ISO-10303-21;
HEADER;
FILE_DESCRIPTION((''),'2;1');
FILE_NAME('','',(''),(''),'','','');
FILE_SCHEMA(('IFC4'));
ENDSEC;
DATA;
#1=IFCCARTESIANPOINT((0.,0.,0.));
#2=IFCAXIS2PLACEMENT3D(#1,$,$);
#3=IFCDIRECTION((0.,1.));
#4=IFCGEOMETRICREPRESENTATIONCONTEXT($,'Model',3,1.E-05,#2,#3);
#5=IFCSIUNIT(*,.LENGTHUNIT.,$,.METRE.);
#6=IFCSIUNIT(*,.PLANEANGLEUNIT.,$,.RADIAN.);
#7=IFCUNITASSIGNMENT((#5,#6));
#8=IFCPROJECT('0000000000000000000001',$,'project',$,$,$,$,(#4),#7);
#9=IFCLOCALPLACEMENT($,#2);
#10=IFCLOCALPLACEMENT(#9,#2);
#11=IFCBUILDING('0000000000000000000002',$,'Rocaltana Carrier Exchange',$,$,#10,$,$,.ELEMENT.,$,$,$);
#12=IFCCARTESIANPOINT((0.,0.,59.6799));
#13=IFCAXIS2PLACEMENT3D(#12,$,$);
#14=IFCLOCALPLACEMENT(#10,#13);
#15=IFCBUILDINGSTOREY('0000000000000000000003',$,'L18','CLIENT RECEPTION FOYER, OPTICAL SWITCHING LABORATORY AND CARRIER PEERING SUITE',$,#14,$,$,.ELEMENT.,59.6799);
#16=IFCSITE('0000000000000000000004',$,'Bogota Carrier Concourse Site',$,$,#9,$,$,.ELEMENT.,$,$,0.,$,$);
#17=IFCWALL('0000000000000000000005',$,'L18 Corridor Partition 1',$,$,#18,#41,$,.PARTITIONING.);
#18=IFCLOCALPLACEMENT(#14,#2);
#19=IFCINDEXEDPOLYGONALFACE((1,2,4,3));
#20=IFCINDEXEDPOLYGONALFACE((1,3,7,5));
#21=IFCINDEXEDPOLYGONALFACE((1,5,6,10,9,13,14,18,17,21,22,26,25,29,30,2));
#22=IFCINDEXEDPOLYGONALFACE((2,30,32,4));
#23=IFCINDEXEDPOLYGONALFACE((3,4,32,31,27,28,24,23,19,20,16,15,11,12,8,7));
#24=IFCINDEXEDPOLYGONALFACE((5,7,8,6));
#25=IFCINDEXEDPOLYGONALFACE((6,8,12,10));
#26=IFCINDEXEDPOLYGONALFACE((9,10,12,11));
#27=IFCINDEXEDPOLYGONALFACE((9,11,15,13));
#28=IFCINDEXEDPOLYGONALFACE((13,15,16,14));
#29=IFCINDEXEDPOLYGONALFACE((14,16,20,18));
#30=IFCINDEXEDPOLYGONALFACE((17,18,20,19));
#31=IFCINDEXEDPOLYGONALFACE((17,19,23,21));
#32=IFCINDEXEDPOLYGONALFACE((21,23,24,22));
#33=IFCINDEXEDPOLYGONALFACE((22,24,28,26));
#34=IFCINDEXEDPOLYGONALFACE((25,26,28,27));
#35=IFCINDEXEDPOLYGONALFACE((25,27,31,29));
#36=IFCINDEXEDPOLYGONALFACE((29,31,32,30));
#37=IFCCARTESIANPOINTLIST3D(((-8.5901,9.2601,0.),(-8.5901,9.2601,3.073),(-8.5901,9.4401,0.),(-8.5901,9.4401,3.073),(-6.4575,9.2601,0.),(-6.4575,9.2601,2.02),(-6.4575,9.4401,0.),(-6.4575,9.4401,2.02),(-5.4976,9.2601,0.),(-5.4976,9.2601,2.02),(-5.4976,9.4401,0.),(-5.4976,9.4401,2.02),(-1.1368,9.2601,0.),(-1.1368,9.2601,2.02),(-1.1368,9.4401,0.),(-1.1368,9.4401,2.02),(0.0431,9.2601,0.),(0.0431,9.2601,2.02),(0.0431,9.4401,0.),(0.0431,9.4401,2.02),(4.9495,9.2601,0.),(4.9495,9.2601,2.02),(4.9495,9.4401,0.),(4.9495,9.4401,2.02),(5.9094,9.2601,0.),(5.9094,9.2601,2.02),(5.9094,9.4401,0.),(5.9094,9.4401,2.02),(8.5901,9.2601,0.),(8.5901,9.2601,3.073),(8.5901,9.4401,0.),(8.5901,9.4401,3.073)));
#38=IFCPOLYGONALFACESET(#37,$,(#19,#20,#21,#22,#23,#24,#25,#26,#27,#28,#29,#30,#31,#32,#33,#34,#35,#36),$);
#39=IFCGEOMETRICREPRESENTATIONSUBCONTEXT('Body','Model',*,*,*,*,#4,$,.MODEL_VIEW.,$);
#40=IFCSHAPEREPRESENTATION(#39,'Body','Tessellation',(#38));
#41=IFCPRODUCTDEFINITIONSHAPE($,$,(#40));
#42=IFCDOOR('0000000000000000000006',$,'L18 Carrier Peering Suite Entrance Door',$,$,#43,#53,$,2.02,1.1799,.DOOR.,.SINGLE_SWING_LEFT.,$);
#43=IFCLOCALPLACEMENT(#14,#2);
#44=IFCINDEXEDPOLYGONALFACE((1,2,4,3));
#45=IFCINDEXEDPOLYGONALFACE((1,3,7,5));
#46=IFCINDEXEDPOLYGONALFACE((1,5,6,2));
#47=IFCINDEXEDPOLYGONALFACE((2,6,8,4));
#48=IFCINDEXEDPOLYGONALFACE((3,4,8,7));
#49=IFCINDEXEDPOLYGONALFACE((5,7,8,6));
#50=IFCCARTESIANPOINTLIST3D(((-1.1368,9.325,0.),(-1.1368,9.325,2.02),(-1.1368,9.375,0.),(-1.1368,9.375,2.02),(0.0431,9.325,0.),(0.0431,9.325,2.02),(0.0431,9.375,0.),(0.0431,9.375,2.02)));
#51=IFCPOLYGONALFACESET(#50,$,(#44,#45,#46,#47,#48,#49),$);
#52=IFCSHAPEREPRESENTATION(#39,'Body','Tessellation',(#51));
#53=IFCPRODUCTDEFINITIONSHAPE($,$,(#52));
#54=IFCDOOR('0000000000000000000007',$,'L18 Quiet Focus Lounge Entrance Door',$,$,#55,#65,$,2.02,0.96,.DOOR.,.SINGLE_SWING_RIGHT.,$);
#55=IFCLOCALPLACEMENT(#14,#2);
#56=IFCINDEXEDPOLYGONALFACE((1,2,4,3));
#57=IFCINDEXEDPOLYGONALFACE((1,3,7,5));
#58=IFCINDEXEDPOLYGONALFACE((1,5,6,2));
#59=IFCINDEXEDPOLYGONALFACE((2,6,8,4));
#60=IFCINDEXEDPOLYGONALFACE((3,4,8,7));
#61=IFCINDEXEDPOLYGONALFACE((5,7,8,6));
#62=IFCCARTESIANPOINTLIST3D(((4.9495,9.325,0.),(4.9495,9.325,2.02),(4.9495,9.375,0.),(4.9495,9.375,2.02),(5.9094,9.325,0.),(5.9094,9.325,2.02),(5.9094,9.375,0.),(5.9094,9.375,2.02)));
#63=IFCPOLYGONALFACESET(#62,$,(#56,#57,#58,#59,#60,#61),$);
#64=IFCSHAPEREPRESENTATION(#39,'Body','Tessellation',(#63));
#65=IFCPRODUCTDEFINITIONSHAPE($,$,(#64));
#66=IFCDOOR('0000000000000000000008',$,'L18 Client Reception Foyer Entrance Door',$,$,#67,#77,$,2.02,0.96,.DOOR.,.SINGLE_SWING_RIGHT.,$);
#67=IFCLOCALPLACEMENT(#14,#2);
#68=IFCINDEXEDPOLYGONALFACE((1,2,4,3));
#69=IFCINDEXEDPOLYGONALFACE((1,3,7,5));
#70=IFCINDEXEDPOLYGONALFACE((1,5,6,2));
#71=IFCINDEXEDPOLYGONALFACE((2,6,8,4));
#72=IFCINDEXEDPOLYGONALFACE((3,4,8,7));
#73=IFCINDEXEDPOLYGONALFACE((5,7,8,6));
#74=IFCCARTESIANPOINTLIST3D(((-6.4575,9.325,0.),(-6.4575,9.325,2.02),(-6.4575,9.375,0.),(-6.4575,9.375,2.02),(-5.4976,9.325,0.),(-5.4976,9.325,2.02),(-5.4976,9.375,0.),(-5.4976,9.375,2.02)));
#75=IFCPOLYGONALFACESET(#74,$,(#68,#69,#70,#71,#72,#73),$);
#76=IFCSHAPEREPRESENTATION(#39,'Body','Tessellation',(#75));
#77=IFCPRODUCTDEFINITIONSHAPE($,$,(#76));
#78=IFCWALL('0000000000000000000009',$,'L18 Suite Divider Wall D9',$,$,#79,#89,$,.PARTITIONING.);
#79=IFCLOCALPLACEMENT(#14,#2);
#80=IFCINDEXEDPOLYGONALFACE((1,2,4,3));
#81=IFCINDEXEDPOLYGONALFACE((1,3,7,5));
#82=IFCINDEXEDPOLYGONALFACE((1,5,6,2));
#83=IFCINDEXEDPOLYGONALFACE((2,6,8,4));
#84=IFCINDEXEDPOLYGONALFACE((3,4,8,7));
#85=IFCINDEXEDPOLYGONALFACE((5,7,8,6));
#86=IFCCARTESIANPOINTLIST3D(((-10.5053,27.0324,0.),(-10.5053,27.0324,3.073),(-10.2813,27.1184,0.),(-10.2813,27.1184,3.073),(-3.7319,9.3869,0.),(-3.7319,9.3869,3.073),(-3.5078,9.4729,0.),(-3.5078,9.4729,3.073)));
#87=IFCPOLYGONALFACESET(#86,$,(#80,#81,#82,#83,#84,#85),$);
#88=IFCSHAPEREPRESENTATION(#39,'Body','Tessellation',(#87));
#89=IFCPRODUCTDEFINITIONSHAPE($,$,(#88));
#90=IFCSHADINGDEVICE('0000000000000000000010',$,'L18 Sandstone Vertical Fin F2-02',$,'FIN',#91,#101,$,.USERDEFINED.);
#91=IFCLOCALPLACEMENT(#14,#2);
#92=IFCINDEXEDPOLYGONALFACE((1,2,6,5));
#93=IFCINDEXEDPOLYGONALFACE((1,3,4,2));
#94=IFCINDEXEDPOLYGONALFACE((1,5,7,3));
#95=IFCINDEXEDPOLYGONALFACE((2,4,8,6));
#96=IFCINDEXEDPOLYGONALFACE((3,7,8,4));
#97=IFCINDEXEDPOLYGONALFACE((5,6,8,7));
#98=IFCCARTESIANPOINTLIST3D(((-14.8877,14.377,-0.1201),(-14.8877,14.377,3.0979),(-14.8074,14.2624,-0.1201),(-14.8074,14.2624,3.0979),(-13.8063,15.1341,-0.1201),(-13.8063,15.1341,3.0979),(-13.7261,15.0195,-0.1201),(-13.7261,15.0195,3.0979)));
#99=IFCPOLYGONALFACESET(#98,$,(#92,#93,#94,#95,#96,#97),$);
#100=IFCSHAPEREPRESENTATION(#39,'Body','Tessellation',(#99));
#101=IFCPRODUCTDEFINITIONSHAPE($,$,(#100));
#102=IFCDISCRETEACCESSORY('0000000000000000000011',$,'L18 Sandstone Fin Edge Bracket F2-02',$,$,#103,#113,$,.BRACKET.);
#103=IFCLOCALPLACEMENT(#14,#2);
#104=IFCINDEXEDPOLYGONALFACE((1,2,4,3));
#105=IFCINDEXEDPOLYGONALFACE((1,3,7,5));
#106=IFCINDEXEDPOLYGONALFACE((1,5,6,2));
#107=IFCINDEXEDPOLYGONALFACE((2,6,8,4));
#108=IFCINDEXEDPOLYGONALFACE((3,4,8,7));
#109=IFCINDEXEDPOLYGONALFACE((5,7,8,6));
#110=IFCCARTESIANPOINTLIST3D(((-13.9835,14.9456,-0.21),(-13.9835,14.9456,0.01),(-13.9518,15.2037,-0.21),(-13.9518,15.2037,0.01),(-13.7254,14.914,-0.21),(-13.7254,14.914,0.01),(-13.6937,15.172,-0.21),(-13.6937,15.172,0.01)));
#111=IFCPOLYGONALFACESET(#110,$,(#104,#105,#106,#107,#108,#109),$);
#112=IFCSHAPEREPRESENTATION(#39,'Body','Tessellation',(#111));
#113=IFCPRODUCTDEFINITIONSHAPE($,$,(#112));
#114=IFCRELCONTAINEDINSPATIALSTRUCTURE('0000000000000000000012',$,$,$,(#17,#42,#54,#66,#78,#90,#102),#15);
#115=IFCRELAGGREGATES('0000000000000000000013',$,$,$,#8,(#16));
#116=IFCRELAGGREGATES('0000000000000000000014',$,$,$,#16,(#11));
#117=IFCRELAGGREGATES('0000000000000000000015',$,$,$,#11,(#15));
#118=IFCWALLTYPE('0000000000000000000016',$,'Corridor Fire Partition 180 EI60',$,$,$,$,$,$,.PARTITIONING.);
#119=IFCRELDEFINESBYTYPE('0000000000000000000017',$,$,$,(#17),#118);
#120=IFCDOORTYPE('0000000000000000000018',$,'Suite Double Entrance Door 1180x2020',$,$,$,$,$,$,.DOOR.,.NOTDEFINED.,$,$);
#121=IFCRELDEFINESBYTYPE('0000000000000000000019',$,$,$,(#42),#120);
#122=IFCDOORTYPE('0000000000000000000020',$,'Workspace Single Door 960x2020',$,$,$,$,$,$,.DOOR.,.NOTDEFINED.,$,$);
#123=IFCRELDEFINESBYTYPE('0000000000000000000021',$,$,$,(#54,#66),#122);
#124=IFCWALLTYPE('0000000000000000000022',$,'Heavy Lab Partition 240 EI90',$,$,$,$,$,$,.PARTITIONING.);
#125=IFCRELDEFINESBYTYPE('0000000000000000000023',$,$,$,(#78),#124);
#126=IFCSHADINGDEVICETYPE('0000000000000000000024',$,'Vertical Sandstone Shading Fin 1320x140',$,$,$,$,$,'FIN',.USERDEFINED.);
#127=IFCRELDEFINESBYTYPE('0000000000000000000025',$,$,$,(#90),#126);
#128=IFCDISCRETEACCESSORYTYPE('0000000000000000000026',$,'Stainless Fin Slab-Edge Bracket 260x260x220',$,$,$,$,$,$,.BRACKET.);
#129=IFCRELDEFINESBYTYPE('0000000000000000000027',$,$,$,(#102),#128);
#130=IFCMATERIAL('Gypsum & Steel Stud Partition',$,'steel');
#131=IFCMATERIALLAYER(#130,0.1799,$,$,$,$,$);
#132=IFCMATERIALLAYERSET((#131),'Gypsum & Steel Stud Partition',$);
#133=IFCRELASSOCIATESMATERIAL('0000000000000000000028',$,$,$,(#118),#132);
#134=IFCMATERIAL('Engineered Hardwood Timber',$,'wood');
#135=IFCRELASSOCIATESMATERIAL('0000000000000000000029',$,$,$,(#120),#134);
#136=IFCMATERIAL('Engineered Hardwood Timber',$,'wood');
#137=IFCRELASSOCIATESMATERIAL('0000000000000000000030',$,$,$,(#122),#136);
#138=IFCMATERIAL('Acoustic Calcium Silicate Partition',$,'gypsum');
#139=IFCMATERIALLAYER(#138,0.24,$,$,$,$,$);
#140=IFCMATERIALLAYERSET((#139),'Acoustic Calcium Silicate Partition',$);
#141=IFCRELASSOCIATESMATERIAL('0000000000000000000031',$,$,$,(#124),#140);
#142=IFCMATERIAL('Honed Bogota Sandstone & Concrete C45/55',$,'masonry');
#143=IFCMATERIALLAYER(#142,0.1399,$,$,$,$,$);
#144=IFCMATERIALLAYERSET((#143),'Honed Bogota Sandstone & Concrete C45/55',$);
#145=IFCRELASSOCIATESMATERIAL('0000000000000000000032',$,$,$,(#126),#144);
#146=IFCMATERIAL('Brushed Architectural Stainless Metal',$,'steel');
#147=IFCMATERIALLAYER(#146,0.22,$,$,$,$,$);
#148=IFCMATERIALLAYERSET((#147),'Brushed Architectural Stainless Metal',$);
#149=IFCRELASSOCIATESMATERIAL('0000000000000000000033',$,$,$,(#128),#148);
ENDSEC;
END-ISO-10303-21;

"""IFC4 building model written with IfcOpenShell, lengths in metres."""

from ifc_helpers import new_model, si_unit, direction, frame, frame_2d, origin, origin_2d, place, context, subcontext, project, spatial, rectangle, extrude, material, layer, layer_set, type_object, element, fill, save


model = new_model("IFC4")

# Units and contexts
model_context = context("Model", 3, precision=1e-05, world=origin(), true_north=direction((0.0, 1.0)))
body_context = subcontext(model_context, "Body", "Model", "MODEL_VIEW")
ifc_project = project(units=[si_unit("LENGTHUNIT", "METRE"), si_unit("PLANEANGLEUNIT", "RADIAN")], contexts=[model_context])

# Site, building, storey
site_placement = place(None, origin())
site = spatial("IfcSite", under=ifc_project, at=site_placement, Name="Bogota Carrier Concourse Site", CompositionType="ELEMENT", RefElevation=0.0)
building_placement = place(site_placement, origin())
building = spatial("IfcBuilding", under=site, at=building_placement, Name="Rocaltana Carrier Exchange", CompositionType="ELEMENT")
storey_placement = place(building_placement, frame((0.0, 0.0, 59.6799)))
storey = spatial("IfcBuildingStorey", under=building, at=storey_placement, Name="L18", Description="CLIENT RECEPTION FOYER, OPTICAL SWITCHING LABORATORY AND CARRIER PEERING SUITE", CompositionType="ELEMENT", Elevation=59.6799)

# Wall, openings, doors
ifc_material_1 = material(Name="Gypsum & Steel Stud Partition", Category="steel")
ifc_layer_1 = layer(ifc_material_1, 0.1799)
ifc_layer_set_1 = layer_set([ifc_layer_1], Name="Gypsum & Steel Stud Partition")
wall_type_1 = type_object("IfcWallType", Name="Corridor Fire Partition 180 EI60", PredefinedType="PARTITIONING", material=ifc_layer_set_1)
wall_1_placement = place(storey_placement, frame((-8.5901, 9.3501, 0.0), z_axis=(0.0, 0.0, 1.0), x_axis=(1.0, 0.0, 0.0)))
wall_1 = element("IfcWall", 1, at=wall_1_placement, inside=storey, type_object=wall_type_1, Name="L18 Corridor Partition 1", PredefinedType="PARTITIONING", context=body_context, shape_type="SweptSolid", body=[
    extrude(rectangle(XDim=17.1802, YDim=0.1799, at=frame_2d((8.5901, 0.0))), origin(), (0.0, 0.0, 1.0), 3.073),
])
opening_1_placement = place(wall_1_placement, frame((13.5396, 0.0, 0.0)))
opening_1 = element("IfcOpeningElement", 2, at=opening_1_placement, cuts=wall_1, PredefinedType="OPENING", context=body_context, shape_type="SweptSolid", body=[
    extrude(rectangle(XDim=0.96, YDim=2.02, at=frame_2d((0.48, 1.01))), frame((0.0, 0.0999, 0.0), z_axis=(0.0, -1.0, 0.0), x_axis=(1.0, 0.0, 0.0)), (0.0, 0.0, 1.0), 0.2),
])
opening_2_placement = place(wall_1_placement, frame((7.4534, 0.0, 0.0)))
opening_2 = element("IfcOpeningElement", 3, at=opening_2_placement, cuts=wall_1, PredefinedType="OPENING", context=body_context, shape_type="SweptSolid", body=[
    extrude(rectangle(XDim=1.1799, YDim=2.02, at=frame_2d((0.5898, 1.01))), frame((0.0, 0.0999, 0.0), z_axis=(0.0, -1.0, 0.0), x_axis=(1.0, 0.0, 0.0)), (0.0, 0.0, 1.0), 0.2),
])
opening_3_placement = place(wall_1_placement, frame((2.1326, 0.0, 0.0)))
opening_3 = element("IfcOpeningElement", 4, at=opening_3_placement, cuts=wall_1, PredefinedType="OPENING", context=body_context, shape_type="SweptSolid", body=[
    extrude(rectangle(XDim=0.96, YDim=2.02, at=frame_2d((0.48, 1.01))), frame((0.0, 0.0999, 0.0), z_axis=(0.0, -1.0, 0.0), x_axis=(1.0, 0.0, 0.0)), (0.0, 0.0, 1.0), 0.2),
])
ifc_material_2 = material(Name="Engineered Hardwood Timber", Category="wood")
door_type_1 = type_object("IfcDoorType", Name="Suite Double Entrance Door 1180x2020", OperationType="NOTDEFINED", PredefinedType="DOOR", material=ifc_material_2)
door_1_placement = place(opening_2_placement, origin())
door_1 = element("IfcDoor", 5, at=door_1_placement, inside=storey, type_object=door_type_1, Name="L18 Carrier Peering Suite Entrance Door", OperationType="SINGLE_SWING_LEFT", OverallHeight=2.02, OverallWidth=1.1799, PredefinedType="DOOR", context=body_context, shape_type="SweptSolid", body=[
    extrude(rectangle(XDim=1.1799, YDim=2.02, at=frame_2d((0.5898, 1.01))), frame((0.0, 0.0249, 0.0), z_axis=(0.0, -1.0, 0.0), x_axis=(1.0, 0.0, 0.0)), (0.0, 0.0, 1.0), 0.05),
])
fill(opening_2, door_1)
ifc_material_3 = material(Name="Engineered Hardwood Timber", Category="wood")
door_type_2 = type_object("IfcDoorType", Name="Workspace Single Door 960x2020", OperationType="NOTDEFINED", PredefinedType="DOOR", material=ifc_material_3)
door_2_placement = place(opening_1_placement, origin())
door_2 = element("IfcDoor", 6, at=door_2_placement, inside=storey, type_object=door_type_2, Name="L18 Quiet Focus Lounge Entrance Door", OperationType="SINGLE_SWING_RIGHT", OverallHeight=2.02, OverallWidth=0.96, PredefinedType="DOOR", context=body_context, shape_type="SweptSolid", body=[
    extrude(rectangle(XDim=0.96, YDim=2.02, at=frame_2d((0.48, 1.01))), frame((0.0, 0.0249, 0.0), z_axis=(0.0, -1.0, 0.0), x_axis=(1.0, 0.0, 0.0)), (0.0, 0.0, 1.0), 0.05),
])
fill(opening_1, door_2)
door_3_placement = place(opening_3_placement, origin())
door_3 = element("IfcDoor", 7, at=door_3_placement, inside=storey, type_object=door_type_2, Name="L18 Client Reception Foyer Entrance Door", OperationType="SINGLE_SWING_RIGHT", OverallHeight=2.02, OverallWidth=0.96, PredefinedType="DOOR", context=body_context, shape_type="SweptSolid", body=[
    extrude(rectangle(XDim=0.96, YDim=2.02, at=frame_2d((0.48, 1.01))), frame((0.0, 0.0249, 0.0), z_axis=(0.0, -1.0, 0.0), x_axis=(1.0, 0.0, 0.0)), (0.0, 0.0, 1.0), 0.05),
])
fill(opening_3, door_3)

# Wall
ifc_material_4 = material(Name="Acoustic Calcium Silicate Partition", Category="gypsum")
ifc_layer_2 = layer(ifc_material_4, 0.24)
ifc_layer_set_2 = layer_set([ifc_layer_2], Name="Acoustic Calcium Silicate Partition")
wall_type_2 = type_object("IfcWallType", Name="Heavy Lab Partition 240 EI90", PredefinedType="PARTITIONING", material=ifc_layer_set_2)
wall_2_placement = place(storey_placement, frame((-3.6199, 9.4299, 0.0), z_axis=(0.0, 0.0, 1.0), x_axis=(-0.358366, 0.933581, 0.0)))
element("IfcWall", 8, at=wall_2_placement, inside=storey, type_object=wall_type_2, Name="L18 Suite Divider Wall D9", PredefinedType="PARTITIONING", context=body_context, shape_type="SweptSolid", body=[
    extrude(rectangle(XDim=18.9009, YDim=0.24, at=frame_2d((9.4504, 0.0))), origin(), (0.0, 0.0, 1.0), 3.073),
])

# Shading device
ifc_material_5 = material(Name="Honed Bogota Sandstone & Concrete C45/55", Category="masonry")
ifc_layer_3 = layer(ifc_material_5, 0.1399)
ifc_layer_set_3 = layer_set([ifc_layer_3], Name="Honed Bogota Sandstone & Concrete C45/55")
shading_device_type = type_object("IfcShadingDeviceType", Name="Vertical Sandstone Shading Fin 1320x140", ElementType="FIN", PredefinedType="USERDEFINED", material=ifc_layer_set_3)
shading_device_placement = place(storey_placement, frame((-14.3069, 14.6982, -0.1201), z_axis=(0.0, 0.0, 1.0), x_axis=(-0.819152, -0.573576, 0.0)))
element("IfcShadingDevice", 9, at=shading_device_placement, inside=storey, type_object=shading_device_type, Name="L18 Sandstone Vertical Fin F2-02", ObjectType="FIN", PredefinedType="USERDEFINED", context=body_context, shape_type="SweptSolid", body=[
    extrude(rectangle(XDim=1.3201, YDim=0.1399, at=origin_2d()), origin(), (0.0, 0.0, 1.0), 3.218),
])

# Discrete accessory
ifc_material_6 = material(Name="Brushed Architectural Stainless Metal", Category="steel")
ifc_layer_4 = layer(ifc_material_6, 0.22)
ifc_layer_set_4 = layer_set([ifc_layer_4], Name="Brushed Architectural Stainless Metal")
discrete_accessory_type = type_object("IfcDiscreteAccessoryType", Name="Stainless Fin Slab-Edge Bracket 260x260x220", PredefinedType="BRACKET", material=ifc_layer_set_4)
discrete_accessory_placement = place(storey_placement, frame((-13.8386, 15.0588, -0.21), z_axis=(0.0, 0.0, 1.0), x_axis=(-0.121869, -0.992546, 0.0)))
element("IfcDiscreteAccessory", 10, at=discrete_accessory_placement, inside=storey, type_object=discrete_accessory_type, Name="L18 Sandstone Fin Edge Bracket F2-02", PredefinedType="BRACKET", context=body_context, shape_type="SweptSolid", body=[
    extrude(rectangle(XDim=0.26, YDim=0.26, at=origin_2d()), origin(), (0.0, 0.0, 1.0), 0.22),
])

save(model, "model.ifc")
